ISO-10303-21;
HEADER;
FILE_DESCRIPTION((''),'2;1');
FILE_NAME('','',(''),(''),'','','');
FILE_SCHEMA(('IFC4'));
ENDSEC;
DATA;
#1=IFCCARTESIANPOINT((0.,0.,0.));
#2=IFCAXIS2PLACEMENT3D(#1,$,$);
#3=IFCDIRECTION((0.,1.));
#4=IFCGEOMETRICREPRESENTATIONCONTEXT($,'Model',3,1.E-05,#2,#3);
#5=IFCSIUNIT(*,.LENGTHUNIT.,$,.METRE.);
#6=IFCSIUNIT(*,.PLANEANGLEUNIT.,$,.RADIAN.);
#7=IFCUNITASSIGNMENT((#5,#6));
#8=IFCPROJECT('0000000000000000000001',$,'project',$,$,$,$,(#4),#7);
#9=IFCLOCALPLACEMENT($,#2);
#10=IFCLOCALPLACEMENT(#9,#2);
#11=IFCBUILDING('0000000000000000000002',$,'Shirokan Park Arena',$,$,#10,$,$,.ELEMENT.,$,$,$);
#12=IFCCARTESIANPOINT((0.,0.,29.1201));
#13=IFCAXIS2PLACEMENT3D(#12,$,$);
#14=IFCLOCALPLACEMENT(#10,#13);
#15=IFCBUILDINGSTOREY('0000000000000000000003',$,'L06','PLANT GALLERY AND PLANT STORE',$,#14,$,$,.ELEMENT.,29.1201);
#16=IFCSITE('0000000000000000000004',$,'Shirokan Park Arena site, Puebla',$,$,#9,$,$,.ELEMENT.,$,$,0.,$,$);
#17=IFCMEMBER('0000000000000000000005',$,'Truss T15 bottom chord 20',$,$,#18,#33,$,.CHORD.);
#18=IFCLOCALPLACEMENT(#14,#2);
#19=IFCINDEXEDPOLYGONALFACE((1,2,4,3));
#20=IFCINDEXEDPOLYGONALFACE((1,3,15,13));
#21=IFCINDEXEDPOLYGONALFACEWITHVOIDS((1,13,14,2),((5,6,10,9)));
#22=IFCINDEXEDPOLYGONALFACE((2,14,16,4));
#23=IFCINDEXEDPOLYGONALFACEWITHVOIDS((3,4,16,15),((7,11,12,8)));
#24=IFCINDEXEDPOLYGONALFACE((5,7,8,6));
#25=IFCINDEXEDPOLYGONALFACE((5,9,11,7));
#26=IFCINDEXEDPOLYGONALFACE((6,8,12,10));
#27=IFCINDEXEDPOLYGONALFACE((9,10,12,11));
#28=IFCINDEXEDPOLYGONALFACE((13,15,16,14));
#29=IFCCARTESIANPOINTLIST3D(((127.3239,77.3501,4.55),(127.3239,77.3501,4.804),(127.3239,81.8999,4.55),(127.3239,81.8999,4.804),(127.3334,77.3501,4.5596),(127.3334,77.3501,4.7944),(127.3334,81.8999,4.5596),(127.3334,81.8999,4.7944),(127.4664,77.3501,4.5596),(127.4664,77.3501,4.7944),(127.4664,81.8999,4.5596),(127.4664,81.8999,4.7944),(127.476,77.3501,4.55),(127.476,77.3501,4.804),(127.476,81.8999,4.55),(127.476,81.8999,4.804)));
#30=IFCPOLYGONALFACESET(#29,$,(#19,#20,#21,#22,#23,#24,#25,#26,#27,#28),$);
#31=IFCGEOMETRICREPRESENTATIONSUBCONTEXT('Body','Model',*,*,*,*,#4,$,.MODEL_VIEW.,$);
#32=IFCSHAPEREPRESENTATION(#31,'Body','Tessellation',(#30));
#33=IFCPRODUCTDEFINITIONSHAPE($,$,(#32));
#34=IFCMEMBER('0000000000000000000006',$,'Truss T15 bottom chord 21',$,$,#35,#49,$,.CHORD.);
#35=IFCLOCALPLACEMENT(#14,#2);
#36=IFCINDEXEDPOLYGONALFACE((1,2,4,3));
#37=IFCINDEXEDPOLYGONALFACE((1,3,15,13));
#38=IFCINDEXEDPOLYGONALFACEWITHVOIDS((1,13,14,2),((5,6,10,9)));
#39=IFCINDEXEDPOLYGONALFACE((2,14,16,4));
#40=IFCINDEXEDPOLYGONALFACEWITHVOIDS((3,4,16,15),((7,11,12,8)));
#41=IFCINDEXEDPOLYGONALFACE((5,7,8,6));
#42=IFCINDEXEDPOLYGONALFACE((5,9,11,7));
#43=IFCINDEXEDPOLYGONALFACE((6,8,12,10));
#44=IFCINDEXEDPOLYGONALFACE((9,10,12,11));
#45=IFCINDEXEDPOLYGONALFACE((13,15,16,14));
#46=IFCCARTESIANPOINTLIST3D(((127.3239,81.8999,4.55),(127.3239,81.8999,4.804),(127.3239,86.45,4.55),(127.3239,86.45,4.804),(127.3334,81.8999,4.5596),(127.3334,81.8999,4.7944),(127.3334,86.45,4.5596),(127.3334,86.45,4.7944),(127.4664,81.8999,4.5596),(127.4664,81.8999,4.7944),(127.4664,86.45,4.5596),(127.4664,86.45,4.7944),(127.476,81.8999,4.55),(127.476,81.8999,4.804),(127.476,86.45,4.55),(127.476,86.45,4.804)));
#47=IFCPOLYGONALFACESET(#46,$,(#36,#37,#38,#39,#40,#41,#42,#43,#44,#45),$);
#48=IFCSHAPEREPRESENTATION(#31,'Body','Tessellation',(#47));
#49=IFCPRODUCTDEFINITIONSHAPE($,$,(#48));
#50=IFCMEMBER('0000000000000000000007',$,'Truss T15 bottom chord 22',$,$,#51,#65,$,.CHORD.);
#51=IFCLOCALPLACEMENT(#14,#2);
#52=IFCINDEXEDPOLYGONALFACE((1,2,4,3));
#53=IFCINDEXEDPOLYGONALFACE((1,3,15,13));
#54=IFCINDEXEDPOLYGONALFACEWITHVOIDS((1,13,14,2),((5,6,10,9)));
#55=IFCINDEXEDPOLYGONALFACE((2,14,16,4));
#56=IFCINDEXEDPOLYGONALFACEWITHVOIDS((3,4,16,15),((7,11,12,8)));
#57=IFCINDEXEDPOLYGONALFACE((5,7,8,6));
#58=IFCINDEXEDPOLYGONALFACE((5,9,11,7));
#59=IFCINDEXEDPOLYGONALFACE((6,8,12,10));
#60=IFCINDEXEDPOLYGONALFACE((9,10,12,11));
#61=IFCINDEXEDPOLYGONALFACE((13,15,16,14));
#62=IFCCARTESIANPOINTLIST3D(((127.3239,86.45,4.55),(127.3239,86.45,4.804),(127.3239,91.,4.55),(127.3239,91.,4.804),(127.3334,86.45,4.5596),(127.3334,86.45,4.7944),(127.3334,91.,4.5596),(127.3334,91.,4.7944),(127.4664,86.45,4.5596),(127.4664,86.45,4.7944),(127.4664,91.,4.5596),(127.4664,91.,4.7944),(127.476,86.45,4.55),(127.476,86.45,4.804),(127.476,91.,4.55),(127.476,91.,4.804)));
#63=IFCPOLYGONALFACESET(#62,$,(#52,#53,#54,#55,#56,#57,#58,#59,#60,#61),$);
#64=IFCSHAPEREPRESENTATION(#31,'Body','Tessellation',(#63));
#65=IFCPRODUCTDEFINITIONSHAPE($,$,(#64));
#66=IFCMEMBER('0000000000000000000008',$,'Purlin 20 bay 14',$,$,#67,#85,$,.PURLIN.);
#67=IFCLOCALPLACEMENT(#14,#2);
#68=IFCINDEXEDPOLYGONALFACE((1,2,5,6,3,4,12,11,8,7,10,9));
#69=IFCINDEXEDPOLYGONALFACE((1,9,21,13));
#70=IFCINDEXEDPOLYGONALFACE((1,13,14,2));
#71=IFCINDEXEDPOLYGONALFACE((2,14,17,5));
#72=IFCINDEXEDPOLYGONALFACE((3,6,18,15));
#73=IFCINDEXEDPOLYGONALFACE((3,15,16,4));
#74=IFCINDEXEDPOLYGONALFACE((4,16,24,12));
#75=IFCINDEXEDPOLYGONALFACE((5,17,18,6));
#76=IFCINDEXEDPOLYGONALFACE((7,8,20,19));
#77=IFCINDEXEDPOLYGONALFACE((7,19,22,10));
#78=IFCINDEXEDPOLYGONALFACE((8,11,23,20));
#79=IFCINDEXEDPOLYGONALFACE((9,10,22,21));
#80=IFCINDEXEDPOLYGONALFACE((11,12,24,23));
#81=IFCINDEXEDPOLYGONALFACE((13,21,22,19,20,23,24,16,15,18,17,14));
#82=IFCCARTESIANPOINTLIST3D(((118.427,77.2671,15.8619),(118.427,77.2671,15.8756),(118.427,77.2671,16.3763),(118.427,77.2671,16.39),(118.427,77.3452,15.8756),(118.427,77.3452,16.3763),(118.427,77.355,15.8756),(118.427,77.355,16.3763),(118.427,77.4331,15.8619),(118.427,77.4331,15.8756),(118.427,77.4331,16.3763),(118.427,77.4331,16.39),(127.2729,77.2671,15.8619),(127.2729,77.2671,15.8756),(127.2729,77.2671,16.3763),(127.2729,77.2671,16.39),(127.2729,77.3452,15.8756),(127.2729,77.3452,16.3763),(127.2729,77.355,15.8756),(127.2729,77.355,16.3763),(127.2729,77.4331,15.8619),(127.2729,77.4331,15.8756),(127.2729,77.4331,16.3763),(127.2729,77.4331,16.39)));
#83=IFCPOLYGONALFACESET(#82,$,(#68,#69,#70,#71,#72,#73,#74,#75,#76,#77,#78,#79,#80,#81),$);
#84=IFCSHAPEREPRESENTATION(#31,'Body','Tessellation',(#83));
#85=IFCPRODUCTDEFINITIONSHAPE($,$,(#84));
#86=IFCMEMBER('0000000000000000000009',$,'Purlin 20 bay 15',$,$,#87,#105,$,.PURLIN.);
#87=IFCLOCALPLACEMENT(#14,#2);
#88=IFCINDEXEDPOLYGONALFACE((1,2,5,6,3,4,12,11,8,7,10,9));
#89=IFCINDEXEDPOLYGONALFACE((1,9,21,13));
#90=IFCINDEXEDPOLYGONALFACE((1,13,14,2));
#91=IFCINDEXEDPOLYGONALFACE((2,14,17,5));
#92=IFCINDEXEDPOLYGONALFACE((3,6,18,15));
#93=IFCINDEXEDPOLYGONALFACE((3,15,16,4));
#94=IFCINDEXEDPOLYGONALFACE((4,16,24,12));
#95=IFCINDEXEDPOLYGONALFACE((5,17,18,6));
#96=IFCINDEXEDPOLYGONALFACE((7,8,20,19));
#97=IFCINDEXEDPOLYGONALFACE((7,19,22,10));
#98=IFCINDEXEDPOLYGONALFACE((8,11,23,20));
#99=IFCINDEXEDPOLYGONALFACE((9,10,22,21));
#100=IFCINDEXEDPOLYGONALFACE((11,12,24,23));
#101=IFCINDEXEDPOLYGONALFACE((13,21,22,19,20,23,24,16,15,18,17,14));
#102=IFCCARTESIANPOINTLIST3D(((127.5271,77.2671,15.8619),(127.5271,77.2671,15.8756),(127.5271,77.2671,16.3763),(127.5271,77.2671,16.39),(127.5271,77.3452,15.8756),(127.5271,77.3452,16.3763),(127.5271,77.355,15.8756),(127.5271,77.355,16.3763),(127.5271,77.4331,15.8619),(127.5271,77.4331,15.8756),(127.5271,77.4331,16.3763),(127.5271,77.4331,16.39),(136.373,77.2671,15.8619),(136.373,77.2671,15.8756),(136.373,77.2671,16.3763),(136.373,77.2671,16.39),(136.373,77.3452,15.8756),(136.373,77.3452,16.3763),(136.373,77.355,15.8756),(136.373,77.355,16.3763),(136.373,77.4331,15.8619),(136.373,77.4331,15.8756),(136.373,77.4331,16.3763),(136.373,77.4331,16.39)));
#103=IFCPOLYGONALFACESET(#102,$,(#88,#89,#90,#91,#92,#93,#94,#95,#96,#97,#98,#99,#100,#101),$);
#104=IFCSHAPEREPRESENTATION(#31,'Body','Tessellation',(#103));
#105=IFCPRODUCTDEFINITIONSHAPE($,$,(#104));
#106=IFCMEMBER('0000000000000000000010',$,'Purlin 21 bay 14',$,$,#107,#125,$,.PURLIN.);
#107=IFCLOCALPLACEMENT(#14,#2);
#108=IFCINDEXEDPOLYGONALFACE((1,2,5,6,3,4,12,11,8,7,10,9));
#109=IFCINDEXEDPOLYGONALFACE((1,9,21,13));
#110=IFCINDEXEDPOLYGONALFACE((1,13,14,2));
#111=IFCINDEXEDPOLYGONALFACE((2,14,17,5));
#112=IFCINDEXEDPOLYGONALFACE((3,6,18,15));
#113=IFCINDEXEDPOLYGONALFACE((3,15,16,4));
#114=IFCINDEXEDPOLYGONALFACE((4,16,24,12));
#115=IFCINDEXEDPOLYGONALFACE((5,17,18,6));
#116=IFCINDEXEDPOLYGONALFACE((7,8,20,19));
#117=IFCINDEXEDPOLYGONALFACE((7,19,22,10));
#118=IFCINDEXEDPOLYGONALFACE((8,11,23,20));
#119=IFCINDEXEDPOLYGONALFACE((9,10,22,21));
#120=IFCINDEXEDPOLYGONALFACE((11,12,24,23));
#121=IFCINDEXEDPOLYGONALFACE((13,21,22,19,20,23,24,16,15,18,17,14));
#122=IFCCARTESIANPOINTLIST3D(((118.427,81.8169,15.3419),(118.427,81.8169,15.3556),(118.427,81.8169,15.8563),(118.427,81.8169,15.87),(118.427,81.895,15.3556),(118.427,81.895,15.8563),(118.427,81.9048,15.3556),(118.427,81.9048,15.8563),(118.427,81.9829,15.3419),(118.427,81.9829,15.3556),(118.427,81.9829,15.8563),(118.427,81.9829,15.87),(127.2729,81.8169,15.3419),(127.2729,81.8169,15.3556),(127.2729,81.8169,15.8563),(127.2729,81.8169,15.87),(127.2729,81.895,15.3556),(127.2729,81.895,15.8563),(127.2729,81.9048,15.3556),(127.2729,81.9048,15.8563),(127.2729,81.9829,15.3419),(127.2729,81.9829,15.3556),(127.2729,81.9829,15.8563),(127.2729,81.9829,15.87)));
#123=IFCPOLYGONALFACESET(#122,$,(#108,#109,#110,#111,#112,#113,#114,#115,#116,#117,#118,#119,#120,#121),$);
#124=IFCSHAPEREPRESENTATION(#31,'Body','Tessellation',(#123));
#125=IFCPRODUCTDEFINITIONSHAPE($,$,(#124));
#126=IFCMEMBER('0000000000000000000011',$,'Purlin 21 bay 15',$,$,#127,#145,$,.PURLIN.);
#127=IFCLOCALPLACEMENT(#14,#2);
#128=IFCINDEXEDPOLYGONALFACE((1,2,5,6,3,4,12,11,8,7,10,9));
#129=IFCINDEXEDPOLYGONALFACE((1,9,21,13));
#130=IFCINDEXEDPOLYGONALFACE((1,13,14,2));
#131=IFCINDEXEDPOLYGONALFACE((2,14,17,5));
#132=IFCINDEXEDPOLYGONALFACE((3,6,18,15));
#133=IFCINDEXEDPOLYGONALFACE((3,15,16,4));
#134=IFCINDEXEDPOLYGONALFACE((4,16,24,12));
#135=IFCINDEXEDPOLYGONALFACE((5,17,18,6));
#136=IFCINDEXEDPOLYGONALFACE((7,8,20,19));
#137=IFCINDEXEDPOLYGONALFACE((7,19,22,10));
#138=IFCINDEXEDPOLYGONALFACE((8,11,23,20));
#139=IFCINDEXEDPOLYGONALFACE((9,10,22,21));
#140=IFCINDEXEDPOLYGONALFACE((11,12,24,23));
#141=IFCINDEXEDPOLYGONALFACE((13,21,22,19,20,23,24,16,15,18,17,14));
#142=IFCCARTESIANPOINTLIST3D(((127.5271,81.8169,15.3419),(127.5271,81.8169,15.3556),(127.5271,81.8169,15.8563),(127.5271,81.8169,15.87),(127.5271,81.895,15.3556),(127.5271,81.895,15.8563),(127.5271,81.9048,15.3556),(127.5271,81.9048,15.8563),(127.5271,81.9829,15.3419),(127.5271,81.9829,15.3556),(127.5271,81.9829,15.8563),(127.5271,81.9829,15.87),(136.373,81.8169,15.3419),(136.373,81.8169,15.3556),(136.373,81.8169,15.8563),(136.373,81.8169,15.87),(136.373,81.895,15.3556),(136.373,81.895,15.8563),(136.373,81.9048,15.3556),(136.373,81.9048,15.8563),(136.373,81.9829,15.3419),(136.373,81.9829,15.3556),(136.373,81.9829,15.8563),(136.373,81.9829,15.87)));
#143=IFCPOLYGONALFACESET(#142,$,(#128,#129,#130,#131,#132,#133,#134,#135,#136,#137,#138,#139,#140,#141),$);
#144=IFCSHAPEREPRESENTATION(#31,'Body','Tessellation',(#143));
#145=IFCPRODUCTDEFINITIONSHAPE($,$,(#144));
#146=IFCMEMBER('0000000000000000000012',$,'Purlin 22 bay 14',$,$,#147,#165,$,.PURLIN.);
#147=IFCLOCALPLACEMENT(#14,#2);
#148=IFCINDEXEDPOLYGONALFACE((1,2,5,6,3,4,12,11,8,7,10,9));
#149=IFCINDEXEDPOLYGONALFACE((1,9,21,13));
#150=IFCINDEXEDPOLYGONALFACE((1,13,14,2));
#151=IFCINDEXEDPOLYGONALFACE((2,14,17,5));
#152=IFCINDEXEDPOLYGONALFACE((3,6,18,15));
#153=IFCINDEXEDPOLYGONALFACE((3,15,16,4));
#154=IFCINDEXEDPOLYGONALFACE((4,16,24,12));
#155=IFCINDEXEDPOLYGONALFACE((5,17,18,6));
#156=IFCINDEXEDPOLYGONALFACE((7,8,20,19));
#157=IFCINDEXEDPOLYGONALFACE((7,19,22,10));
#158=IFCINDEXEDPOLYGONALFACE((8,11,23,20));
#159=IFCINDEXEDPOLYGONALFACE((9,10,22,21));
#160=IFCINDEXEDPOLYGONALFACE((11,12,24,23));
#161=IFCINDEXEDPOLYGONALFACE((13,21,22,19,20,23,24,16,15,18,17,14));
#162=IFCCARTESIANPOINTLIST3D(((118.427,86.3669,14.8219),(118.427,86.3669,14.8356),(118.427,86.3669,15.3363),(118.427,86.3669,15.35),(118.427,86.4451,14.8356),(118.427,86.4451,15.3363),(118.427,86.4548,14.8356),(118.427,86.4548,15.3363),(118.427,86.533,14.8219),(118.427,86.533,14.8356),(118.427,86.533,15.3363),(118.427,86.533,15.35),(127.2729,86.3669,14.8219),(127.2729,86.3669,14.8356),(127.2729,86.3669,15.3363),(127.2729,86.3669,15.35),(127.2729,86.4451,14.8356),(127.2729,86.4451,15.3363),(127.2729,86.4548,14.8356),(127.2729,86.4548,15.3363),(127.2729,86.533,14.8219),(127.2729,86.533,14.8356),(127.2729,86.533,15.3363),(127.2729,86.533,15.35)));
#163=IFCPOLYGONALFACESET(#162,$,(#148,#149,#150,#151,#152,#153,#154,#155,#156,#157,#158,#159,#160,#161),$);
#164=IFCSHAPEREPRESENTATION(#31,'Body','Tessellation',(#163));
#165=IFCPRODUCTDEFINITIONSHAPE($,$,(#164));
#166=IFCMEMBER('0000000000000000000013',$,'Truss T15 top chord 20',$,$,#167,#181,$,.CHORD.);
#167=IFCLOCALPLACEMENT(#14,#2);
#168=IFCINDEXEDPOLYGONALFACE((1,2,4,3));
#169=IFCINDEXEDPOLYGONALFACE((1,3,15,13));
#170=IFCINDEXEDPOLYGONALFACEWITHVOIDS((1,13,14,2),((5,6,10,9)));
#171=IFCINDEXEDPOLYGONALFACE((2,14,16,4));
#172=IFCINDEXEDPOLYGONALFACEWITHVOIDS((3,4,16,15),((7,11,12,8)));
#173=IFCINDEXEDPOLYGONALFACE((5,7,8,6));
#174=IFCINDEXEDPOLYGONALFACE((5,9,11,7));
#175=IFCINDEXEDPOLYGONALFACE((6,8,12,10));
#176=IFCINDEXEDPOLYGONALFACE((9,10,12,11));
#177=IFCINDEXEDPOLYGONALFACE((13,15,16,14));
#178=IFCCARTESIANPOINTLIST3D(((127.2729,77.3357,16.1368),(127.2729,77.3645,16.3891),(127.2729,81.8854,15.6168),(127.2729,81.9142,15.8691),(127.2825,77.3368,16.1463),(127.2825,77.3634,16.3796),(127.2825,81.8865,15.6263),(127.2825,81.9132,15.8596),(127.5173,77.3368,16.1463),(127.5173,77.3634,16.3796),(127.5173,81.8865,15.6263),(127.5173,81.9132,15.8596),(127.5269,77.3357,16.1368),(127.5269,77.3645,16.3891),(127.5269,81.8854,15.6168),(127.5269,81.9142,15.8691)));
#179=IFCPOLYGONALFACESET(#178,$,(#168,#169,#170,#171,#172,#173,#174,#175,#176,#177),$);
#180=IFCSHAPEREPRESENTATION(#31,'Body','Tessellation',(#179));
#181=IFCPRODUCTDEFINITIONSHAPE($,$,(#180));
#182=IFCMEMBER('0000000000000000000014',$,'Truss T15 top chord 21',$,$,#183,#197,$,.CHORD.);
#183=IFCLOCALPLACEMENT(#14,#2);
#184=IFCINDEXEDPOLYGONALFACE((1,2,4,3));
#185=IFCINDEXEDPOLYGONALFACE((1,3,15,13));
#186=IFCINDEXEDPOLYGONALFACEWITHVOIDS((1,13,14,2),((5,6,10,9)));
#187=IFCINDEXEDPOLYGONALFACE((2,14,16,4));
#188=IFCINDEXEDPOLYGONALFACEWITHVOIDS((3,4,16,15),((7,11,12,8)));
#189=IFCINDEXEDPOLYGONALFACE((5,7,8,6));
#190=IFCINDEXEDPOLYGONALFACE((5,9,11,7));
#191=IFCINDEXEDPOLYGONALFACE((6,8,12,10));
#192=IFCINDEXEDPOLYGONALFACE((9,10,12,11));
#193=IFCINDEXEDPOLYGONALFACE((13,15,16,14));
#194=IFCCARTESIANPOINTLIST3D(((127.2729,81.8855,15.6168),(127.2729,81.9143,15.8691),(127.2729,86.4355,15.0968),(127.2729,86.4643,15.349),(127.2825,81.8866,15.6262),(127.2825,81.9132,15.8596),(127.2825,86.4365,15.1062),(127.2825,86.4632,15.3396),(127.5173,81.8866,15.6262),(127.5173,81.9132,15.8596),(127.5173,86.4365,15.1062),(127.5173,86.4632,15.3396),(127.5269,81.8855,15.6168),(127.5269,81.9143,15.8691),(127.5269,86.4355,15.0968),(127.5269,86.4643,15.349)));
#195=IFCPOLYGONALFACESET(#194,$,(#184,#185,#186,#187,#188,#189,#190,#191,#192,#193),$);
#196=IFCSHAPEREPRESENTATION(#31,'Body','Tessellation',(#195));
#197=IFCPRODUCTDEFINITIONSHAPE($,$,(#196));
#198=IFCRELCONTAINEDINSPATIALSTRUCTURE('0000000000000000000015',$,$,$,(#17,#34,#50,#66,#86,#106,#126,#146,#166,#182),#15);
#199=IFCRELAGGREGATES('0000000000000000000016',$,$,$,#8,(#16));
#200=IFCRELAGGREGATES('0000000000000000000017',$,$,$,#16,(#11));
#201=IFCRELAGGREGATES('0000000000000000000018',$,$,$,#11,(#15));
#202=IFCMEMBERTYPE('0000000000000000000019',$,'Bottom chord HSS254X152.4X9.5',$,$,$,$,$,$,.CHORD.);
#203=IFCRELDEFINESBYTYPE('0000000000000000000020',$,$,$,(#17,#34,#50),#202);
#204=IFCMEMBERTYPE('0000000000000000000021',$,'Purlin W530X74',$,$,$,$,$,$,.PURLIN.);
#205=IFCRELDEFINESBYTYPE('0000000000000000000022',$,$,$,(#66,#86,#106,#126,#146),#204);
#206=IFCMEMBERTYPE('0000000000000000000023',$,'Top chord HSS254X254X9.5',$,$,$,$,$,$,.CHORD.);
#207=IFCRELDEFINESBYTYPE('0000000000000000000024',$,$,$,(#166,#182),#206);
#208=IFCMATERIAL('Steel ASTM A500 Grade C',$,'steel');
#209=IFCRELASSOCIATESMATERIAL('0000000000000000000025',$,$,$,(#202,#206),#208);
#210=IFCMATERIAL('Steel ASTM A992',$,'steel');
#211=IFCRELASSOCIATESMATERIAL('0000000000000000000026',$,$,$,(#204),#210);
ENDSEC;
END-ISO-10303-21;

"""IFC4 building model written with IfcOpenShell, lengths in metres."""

from ifc_helpers import new_model, si_unit, direction, frame, origin, origin_2d, place, context, subcontext, project, spatial, hollow_rectangle, i_section, extrude, material, material_profile, profile_set, type_object, element, save


model = new_model("IFC4")

# Units and contexts
model_context = context("Model", 3, precision=1e-05, world=origin(), true_north=direction((0.0, 1.0)))
body_context = subcontext(model_context, "Body", "Model", "MODEL_VIEW")
ifc_project = project(units=[si_unit("LENGTHUNIT", "METRE"), si_unit("PLANEANGLEUNIT", "RADIAN")], contexts=[model_context])

# Site, building, storey
site_placement = place(None, origin())
site = spatial("IfcSite", under=ifc_project, at=site_placement, Name="Shirokan Park Arena site, Puebla", CompositionType="ELEMENT", RefElevation=0.0)
building_placement = place(site_placement, origin())
building = spatial("IfcBuilding", under=site, at=building_placement, Name="Shirokan Park Arena", CompositionType="ELEMENT")
storey_placement = place(building_placement, frame((0.0, 0.0, 29.1201)))
storey = spatial("IfcBuildingStorey", under=building, at=storey_placement, Name="L06", Description="PLANT GALLERY AND PLANT STORE", CompositionType="ELEMENT", Elevation=29.1201)

# Members
ifc_material_1 = material(Name="Steel ASTM A500 Grade C", Category="steel")
ifc_material_profile_1 = material_profile(ifc_material_1, hollow_rectangle(XDim=0.1521, YDim=0.2539, WallThickness=0.0095, at=origin_2d()), Name="HSS254X152.4X9.5")
ifc_profile_set_1 = profile_set([ifc_material_profile_1], Name="Steel ASTM A500 Grade C")
member_type_1 = type_object("IfcMemberType", Name="Bottom chord HSS254X152.4X9.5", PredefinedType="CHORD", material=ifc_profile_set_1)
member_1_placement = place(storey_placement, frame((127.3999, 77.3501, 4.677), z_axis=(0.0, 1.0, 0.0), x_axis=(-1.0, 0.0, 0.0)))
element("IfcMember", 1, at=member_1_placement, inside=storey, type_object=member_type_1, Name="Truss T15 bottom chord 20", PredefinedType="CHORD", context=body_context, shape_type="SweptSolid", body=[
    extrude(hollow_rectangle(XDim=0.1521, YDim=0.2539, WallThickness=0.0095, at=origin_2d()), origin(), (0.0, 0.0, 1.0), 4.5498),
])
for number, where, z_axis, x_axis, name in (
    (2, (127.3999, 81.8999, 4.677), (0.0, 1.0, 0.0), (-1.0, 0.0, 0.0), "Truss T15 bottom chord 21"),
    (3, (127.3999, 86.45, 4.677), (0.0, 1.0, 0.0), (-1.0, 0.0, 0.0), "Truss T15 bottom chord 22"),
):
    element("IfcMember", number, at=place(storey_placement, frame(where, z_axis=z_axis, x_axis=x_axis)), inside=storey, type_object=member_type_1, Name=name, PredefinedType="CHORD", context=body_context, shape_type="SweptSolid", body=[
        extrude(hollow_rectangle(XDim=0.1521, YDim=0.2539, WallThickness=0.0095, at=origin_2d()), origin(), (0.0, 0.0, 1.0), 4.55),
    ])
ifc_material_2 = material(Name="Steel ASTM A992", Category="steel")
ifc_material_profile_2 = material_profile(ifc_material_2, i_section(OverallWidth=0.166, OverallDepth=0.5281, WebThickness=0.0098, FlangeThickness=0.0137, at=origin_2d()), Name="W530X74")
ifc_profile_set_2 = profile_set([ifc_material_profile_2], Name="Steel ASTM A992")
member_type_2 = type_object("IfcMemberType", Name="Purlin W530X74", PredefinedType="PURLIN", material=ifc_profile_set_2)
for number, where, z_axis, x_axis, name in (
    (4, (118.427, 77.3501, 16.126), (1.0, 0.0, 0.0), (0.0, 1.0, 0.0), "Purlin 20 bay 14"),
    (5, (127.5271, 77.3501, 16.126), (1.0, 0.0, 0.0), (0.0, 1.0, 0.0), "Purlin 20 bay 15"),
    (6, (118.427, 81.8999, 15.606), (1.0, 0.0, 0.0), (0.0, 1.0, 0.0), "Purlin 21 bay 14"),
    (7, (127.5271, 81.8999, 15.606), (1.0, 0.0, 0.0), (0.0, 1.0, 0.0), "Purlin 21 bay 15"),
    (8, (118.427, 86.45, 15.0859), (1.0, 0.0, 0.0), (0.0, 1.0, 0.0), "Purlin 22 bay 14"),
):
    element("IfcMember", number, at=place(storey_placement, frame(where, z_axis=z_axis, x_axis=x_axis)), inside=storey, type_object=member_type_2, Name=name, PredefinedType="PURLIN", context=body_context, shape_type="SweptSolid", body=[
        extrude(i_section(OverallWidth=0.166, OverallDepth=0.5281, WebThickness=0.0098, FlangeThickness=0.0137, at=origin_2d()), origin(), (0.0, 0.0, 1.0), 8.8459),
    ])
ifc_material_profile_3 = material_profile(ifc_material_1, hollow_rectangle(XDim=0.2539, YDim=0.2539, WallThickness=0.0095, at=origin_2d()), Name="HSS254X254X9.5")
ifc_profile_set_3 = profile_set([ifc_material_profile_3], Name="Steel ASTM A500 Grade C")
member_type_3 = type_object("IfcMemberType", Name="Top chord HSS254X254X9.5", PredefinedType="CHORD", material=ifc_profile_set_3)
member_2_placement = place(storey_placement, frame((127.3999, 77.3501, 16.2629), z_axis=(0.0, 0.993532, -0.113556), x_axis=(-1.0, 0.0, 0.0)))
element("IfcMember", 9, at=member_2_placement, inside=storey, type_object=member_type_3, Name="Truss T15 top chord 20", PredefinedType="CHORD", context=body_context, shape_type="SweptSolid", body=[
    extrude(hollow_rectangle(XDim=0.2539, YDim=0.2539, WallThickness=0.0095, at=origin_2d()), origin(), (0.0, 0.0, 1.0), 4.5793),
])
for number, where, z_axis, x_axis, name in (
    (10, (127.3999, 81.8999, 15.7429), (0.0, 0.993532, -0.11355), (-1.0, 0.0, 0.0), "Truss T15 top chord 21"),
):
    element("IfcMember", number, at=place(storey_placement, frame(where, z_axis=z_axis, x_axis=x_axis)), inside=storey, type_object=member_type_3, Name=name, PredefinedType="CHORD", context=body_context, shape_type="SweptSolid", body=[
        extrude(hollow_rectangle(XDim=0.2539, YDim=0.2539, WallThickness=0.0095, at=origin_2d()), origin(), (0.0, 0.0, 1.0), 4.5796),
    ])

save(model, "model.ifc")
